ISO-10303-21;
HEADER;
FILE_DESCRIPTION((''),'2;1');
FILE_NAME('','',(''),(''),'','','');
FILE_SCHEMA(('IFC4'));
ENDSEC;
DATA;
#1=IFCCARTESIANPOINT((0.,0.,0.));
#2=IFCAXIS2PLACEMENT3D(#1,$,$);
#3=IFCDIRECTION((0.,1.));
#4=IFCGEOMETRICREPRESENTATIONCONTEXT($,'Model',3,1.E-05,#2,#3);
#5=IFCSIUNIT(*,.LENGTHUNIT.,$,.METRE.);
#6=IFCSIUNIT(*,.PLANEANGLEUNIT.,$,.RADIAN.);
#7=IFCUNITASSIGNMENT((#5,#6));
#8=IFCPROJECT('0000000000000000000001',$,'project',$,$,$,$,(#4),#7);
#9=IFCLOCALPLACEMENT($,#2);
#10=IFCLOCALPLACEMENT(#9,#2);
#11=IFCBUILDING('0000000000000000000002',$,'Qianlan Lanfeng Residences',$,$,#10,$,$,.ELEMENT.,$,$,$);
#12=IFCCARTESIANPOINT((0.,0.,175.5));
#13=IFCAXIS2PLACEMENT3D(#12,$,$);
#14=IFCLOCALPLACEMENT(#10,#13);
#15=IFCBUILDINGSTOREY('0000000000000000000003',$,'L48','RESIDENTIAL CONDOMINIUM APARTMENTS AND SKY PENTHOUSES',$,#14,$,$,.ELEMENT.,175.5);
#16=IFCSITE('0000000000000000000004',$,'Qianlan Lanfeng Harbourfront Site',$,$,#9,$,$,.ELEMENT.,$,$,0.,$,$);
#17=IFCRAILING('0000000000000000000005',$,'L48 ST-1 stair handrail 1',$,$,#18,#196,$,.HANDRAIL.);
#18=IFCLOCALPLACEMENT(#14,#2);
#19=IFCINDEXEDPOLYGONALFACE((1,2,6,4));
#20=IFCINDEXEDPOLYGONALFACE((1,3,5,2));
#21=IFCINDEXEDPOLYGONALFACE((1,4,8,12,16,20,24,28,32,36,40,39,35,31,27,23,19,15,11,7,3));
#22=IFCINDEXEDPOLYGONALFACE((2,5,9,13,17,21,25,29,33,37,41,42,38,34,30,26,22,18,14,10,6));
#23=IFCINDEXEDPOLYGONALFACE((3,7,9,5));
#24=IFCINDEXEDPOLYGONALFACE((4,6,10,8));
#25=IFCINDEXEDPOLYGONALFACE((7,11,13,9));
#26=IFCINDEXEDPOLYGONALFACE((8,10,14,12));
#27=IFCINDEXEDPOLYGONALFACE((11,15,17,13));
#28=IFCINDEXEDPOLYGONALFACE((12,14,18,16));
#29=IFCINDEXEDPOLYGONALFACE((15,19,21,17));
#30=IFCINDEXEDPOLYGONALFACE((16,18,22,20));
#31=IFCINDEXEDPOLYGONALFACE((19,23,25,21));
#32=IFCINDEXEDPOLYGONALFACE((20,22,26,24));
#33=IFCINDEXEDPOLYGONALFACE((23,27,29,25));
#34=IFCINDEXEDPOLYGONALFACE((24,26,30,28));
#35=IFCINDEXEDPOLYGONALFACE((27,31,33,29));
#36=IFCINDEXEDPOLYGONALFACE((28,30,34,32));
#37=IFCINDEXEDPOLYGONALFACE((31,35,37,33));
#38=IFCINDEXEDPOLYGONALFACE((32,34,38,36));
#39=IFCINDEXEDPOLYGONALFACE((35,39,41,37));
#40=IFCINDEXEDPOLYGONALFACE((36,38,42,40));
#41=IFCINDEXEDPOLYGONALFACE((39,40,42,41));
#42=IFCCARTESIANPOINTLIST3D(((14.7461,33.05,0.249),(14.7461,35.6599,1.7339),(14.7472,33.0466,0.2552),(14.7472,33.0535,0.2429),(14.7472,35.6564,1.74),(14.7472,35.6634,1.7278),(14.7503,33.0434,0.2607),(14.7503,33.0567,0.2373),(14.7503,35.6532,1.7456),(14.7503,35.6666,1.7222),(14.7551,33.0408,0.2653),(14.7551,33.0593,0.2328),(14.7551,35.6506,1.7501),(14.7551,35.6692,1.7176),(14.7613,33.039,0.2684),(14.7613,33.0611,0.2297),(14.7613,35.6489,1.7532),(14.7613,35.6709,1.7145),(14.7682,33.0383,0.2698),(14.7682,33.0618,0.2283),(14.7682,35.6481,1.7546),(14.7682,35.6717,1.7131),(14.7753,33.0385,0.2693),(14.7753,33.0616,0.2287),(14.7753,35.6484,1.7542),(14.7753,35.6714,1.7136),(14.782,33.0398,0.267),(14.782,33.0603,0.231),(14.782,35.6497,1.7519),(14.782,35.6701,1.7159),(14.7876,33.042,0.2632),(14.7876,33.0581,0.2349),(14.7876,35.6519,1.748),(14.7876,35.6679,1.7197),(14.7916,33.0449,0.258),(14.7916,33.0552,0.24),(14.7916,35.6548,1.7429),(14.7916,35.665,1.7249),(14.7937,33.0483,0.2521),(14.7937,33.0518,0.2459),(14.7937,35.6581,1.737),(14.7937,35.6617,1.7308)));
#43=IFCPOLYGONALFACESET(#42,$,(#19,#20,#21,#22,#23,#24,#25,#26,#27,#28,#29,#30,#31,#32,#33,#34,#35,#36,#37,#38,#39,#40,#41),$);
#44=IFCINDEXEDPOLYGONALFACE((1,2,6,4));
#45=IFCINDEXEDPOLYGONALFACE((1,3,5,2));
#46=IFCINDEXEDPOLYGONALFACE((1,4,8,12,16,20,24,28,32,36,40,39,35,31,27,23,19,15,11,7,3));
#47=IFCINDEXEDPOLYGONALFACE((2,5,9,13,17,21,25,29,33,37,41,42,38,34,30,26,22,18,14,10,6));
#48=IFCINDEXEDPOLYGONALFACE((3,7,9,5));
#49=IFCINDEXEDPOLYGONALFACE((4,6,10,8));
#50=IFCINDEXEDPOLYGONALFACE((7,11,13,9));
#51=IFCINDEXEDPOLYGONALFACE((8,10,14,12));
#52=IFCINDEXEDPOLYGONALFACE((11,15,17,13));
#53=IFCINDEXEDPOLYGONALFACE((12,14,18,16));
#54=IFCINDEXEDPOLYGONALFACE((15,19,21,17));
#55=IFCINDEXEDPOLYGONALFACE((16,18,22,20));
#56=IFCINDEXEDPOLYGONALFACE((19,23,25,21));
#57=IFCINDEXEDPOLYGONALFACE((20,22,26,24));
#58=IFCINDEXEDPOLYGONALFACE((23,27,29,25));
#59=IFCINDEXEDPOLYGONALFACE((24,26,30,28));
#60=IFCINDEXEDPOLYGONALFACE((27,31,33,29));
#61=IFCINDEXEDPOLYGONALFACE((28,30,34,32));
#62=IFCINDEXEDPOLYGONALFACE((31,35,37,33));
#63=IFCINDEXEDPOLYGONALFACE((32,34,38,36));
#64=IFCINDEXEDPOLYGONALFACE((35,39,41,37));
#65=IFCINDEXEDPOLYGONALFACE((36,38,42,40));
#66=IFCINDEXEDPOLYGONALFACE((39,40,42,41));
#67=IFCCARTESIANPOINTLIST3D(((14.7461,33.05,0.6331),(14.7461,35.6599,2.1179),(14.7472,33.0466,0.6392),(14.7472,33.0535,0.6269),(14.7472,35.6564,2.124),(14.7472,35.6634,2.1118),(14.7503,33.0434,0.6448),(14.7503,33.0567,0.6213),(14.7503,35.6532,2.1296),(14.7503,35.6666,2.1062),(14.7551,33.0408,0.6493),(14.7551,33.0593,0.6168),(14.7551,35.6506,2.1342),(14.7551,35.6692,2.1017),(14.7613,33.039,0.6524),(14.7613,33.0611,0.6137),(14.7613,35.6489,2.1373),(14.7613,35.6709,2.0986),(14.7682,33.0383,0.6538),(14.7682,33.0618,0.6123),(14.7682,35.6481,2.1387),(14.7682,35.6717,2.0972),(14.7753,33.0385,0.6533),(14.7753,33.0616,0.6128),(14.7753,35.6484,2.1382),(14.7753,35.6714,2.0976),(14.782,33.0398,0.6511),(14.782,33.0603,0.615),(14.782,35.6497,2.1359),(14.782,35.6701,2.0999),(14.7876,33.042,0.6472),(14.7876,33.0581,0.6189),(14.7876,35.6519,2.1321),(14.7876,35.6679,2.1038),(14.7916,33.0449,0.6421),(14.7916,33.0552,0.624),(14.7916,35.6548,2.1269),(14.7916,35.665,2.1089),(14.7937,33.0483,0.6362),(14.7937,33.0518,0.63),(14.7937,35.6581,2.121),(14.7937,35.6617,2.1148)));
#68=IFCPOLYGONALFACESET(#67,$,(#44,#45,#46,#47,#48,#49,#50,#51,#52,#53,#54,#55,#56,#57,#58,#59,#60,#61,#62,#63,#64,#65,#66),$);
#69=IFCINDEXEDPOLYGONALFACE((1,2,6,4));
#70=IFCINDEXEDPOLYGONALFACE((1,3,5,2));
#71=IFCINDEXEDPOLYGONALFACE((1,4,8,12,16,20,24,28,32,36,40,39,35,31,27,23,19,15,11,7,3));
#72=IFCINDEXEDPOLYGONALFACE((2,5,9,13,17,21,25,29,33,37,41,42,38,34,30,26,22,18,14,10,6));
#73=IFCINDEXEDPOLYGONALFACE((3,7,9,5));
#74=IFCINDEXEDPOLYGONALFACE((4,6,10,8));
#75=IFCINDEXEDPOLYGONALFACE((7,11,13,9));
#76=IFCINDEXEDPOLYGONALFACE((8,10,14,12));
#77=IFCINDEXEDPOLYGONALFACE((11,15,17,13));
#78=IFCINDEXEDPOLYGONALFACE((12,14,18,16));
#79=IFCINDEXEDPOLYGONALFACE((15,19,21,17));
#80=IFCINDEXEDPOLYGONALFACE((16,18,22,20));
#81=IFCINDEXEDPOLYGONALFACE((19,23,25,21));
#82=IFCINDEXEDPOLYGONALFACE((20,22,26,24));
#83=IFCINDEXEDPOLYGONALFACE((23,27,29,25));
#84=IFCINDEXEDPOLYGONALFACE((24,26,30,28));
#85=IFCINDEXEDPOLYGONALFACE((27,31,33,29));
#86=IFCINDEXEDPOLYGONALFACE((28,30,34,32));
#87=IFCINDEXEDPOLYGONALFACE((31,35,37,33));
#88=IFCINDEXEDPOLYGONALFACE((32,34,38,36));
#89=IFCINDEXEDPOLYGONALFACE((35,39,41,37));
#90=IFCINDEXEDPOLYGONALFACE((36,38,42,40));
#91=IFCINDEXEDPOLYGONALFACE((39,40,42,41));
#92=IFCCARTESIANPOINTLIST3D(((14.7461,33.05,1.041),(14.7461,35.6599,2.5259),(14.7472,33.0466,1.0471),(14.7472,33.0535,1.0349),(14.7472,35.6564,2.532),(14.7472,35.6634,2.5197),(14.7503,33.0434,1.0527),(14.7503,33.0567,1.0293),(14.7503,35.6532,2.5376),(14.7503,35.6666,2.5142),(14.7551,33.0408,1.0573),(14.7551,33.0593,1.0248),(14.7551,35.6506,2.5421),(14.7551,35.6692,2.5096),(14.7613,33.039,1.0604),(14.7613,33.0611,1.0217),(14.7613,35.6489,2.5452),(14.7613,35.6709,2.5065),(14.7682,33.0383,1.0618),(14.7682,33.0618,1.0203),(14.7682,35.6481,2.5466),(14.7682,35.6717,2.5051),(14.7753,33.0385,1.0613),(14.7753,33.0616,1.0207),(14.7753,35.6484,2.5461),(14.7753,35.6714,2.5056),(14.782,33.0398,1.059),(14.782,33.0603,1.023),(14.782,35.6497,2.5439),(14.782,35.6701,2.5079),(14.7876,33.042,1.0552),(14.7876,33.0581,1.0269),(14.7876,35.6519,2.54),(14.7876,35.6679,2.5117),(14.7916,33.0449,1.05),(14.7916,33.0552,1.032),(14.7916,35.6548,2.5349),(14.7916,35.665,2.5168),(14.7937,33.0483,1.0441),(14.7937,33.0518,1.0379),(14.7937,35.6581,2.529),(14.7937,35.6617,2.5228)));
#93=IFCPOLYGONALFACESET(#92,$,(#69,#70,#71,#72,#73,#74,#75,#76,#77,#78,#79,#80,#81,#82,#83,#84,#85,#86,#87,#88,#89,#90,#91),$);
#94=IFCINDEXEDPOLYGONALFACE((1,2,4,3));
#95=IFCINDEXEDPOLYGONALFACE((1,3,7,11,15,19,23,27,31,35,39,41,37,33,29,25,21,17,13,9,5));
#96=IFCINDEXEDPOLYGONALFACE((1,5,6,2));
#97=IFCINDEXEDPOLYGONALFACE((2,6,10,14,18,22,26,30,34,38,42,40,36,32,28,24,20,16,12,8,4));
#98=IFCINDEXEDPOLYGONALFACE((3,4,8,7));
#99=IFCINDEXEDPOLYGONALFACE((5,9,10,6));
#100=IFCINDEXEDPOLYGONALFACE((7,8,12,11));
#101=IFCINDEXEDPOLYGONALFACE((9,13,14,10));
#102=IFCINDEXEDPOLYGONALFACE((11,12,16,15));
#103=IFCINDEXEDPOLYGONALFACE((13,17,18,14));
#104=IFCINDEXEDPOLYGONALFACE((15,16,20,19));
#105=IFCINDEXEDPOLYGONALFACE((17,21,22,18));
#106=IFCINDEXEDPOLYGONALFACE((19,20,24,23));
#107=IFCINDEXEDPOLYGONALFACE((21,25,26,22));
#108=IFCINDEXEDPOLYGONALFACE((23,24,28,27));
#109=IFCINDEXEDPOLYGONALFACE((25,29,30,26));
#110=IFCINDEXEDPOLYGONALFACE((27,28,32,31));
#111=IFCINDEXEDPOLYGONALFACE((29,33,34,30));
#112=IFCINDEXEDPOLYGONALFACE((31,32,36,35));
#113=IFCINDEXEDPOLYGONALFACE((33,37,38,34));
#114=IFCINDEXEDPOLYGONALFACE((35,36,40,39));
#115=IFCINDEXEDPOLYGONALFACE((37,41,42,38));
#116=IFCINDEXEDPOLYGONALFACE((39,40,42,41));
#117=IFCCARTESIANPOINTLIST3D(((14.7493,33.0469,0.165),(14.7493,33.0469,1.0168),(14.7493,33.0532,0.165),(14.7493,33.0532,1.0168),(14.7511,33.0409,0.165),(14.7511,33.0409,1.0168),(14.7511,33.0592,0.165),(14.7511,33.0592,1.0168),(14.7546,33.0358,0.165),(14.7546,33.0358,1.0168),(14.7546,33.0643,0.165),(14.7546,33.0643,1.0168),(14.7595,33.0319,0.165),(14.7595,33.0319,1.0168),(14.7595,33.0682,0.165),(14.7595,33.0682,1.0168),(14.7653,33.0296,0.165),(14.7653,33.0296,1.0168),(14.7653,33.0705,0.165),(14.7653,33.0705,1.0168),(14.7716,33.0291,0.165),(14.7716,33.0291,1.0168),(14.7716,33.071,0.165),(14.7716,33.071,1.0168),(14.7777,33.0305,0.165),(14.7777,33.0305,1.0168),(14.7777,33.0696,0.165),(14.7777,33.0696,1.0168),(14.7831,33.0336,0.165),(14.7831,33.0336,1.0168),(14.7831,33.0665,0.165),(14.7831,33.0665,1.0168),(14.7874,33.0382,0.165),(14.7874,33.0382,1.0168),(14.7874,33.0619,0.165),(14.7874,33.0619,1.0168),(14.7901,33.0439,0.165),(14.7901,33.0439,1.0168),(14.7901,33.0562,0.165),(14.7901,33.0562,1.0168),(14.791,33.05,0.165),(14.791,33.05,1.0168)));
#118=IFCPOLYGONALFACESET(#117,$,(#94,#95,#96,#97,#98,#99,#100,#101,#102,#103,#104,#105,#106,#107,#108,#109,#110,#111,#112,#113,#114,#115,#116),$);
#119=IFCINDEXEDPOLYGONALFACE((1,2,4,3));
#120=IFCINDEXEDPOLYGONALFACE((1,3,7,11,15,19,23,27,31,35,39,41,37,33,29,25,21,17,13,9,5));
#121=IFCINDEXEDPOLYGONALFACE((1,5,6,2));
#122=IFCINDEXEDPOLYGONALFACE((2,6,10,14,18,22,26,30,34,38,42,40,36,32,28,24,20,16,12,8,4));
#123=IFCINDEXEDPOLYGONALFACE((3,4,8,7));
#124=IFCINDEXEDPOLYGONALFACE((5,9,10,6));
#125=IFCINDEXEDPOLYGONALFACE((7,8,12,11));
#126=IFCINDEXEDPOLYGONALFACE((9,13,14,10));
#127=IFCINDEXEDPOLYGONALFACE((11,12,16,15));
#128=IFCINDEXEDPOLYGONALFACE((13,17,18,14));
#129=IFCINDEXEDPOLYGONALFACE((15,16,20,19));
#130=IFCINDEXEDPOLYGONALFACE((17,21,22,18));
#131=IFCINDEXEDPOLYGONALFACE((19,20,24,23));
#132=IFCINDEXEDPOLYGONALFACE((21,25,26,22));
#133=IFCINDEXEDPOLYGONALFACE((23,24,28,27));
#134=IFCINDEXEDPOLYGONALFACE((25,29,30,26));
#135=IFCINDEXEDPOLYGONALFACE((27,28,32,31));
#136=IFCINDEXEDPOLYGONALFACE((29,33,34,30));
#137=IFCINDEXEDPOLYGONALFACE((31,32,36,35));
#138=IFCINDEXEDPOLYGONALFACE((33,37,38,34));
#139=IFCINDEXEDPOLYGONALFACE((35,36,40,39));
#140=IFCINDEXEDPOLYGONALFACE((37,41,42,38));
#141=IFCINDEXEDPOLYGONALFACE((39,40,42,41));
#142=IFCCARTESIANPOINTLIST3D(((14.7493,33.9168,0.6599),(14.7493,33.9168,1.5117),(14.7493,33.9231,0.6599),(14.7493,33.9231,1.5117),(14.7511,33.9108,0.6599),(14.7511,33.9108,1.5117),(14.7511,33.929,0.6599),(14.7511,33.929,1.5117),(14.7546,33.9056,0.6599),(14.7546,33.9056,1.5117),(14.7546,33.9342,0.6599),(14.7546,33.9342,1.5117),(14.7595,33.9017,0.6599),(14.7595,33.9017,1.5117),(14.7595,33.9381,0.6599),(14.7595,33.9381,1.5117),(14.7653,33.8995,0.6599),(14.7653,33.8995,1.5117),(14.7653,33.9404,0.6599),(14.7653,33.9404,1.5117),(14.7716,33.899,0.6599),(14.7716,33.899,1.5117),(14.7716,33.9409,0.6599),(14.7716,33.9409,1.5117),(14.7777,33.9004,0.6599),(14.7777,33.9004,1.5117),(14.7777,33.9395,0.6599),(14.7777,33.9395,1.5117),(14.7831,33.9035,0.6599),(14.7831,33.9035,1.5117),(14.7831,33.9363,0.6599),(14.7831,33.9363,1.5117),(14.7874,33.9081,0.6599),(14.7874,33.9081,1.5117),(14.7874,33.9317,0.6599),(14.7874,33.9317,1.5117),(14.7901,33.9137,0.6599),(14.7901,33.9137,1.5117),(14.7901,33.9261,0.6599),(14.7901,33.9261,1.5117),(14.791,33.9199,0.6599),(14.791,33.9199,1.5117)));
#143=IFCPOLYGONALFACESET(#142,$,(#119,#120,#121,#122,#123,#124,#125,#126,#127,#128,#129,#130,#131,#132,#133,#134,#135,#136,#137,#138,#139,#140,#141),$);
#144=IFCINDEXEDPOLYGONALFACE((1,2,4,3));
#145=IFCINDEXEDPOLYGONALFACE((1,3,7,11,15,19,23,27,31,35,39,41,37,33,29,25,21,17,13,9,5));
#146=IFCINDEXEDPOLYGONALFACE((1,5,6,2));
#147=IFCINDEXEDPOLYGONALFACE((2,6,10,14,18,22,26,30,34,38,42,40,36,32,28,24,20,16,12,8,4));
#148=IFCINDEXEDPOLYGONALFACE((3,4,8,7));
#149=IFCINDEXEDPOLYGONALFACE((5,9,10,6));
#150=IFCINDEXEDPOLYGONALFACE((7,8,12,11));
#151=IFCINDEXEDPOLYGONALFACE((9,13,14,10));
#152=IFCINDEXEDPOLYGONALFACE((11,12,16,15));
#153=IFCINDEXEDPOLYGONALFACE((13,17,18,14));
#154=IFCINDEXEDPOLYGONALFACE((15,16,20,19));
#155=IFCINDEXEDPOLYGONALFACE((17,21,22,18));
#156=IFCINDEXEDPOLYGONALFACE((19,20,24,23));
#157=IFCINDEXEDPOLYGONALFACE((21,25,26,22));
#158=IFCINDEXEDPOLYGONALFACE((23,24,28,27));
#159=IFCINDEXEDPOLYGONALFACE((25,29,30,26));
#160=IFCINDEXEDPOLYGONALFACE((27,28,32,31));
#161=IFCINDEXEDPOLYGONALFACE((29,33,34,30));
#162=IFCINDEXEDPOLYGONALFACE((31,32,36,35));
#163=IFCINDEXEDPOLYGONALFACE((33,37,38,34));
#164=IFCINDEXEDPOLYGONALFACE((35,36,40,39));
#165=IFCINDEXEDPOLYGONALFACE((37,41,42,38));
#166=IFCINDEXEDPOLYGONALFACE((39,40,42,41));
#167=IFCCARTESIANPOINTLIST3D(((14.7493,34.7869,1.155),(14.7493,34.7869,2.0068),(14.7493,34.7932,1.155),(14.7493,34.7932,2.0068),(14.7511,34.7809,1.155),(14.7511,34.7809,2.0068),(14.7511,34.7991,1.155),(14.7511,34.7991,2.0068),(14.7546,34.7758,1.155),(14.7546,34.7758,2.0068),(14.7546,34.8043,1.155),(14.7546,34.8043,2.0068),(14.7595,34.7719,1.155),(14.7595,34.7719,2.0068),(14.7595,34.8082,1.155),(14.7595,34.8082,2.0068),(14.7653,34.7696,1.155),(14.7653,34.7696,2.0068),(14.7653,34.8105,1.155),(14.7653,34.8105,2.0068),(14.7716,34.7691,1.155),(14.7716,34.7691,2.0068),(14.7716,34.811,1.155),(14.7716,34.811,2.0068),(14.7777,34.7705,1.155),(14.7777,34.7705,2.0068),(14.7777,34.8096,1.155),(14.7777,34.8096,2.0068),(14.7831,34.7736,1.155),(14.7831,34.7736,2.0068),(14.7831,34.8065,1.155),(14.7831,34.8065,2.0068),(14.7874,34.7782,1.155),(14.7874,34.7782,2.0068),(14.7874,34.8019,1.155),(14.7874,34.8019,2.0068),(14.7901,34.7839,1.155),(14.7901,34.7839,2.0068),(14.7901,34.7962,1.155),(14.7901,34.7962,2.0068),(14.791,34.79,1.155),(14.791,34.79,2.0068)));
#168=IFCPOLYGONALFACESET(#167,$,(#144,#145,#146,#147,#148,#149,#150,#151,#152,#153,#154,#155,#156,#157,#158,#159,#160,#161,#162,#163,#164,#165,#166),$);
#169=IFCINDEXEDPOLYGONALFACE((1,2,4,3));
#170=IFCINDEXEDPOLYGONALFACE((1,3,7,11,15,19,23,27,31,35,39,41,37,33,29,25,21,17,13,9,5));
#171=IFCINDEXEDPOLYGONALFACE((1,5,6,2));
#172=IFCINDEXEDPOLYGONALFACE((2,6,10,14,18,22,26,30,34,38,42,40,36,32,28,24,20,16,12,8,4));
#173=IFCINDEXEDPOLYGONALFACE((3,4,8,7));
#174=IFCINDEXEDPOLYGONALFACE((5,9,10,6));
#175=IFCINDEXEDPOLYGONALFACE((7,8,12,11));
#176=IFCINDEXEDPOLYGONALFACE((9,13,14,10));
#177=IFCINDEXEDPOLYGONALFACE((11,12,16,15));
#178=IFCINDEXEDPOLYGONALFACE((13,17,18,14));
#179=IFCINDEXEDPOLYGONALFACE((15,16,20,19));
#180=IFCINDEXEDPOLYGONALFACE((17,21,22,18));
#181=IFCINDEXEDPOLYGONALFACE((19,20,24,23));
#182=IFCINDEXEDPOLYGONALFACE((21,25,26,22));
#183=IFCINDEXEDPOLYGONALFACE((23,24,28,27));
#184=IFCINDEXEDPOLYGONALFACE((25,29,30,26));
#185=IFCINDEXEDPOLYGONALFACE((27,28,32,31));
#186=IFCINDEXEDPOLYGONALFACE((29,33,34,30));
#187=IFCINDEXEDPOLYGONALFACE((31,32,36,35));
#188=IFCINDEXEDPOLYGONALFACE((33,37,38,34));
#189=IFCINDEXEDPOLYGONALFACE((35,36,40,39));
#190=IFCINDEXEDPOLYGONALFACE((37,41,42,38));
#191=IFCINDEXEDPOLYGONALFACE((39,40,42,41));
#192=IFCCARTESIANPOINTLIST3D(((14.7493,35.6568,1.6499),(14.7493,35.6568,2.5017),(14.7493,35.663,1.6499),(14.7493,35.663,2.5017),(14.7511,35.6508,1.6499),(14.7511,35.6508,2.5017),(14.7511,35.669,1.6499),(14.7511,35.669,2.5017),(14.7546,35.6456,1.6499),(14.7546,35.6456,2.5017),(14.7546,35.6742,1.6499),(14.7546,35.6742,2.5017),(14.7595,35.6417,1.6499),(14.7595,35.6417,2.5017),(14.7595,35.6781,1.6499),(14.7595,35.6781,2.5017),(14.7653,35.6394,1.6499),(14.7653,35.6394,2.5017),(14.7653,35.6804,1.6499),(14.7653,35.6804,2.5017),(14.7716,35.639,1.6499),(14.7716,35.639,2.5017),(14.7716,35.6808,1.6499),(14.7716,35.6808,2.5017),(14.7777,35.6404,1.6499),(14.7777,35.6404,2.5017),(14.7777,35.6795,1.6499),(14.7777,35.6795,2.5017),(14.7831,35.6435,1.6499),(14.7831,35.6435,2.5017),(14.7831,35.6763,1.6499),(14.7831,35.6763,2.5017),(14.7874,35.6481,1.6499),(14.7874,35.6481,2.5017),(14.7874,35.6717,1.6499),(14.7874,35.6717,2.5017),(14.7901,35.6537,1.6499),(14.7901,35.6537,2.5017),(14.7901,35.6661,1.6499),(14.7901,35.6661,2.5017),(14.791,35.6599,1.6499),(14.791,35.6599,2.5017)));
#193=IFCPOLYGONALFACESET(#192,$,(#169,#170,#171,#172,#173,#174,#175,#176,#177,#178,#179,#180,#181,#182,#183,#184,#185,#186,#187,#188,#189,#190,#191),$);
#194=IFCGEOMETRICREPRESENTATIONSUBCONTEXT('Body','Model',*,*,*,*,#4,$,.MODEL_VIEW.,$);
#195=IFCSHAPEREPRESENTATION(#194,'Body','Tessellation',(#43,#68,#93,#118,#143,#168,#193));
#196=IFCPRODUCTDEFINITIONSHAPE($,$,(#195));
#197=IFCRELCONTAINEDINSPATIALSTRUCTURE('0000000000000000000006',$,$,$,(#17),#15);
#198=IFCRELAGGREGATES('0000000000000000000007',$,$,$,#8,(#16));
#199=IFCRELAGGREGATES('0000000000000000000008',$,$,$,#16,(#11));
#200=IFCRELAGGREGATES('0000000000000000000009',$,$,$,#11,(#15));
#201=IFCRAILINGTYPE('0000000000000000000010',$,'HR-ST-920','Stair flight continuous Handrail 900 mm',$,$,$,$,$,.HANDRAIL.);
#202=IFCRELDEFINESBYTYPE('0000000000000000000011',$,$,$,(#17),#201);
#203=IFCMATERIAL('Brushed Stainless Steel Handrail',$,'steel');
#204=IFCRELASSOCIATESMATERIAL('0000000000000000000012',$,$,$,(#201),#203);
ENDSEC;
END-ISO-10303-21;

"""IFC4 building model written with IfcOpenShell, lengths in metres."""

from ifc_helpers import new_model, si_unit, direction, frame, origin, origin_2d, place, context, subcontext, project, spatial, circle, extrude, material, type_object, element, save


model = new_model("IFC4")

# Units and contexts
model_context = context("Model", 3, precision=1e-05, world=origin(), true_north=direction((0.0, 1.0)))
body_context = subcontext(model_context, "Body", "Model", "MODEL_VIEW")
ifc_project = project(units=[si_unit("LENGTHUNIT", "METRE"), si_unit("PLANEANGLEUNIT", "RADIAN")], contexts=[model_context])

# Site, building, storey
site_placement = place(None, origin())
site = spatial("IfcSite", under=ifc_project, at=site_placement, Name="Qianlan Lanfeng Harbourfront Site", CompositionType="ELEMENT", RefElevation=0.0)
building_placement = place(site_placement, origin())
building = spatial("IfcBuilding", under=site, at=building_placement, Name="Qianlan Lanfeng Residences", CompositionType="ELEMENT")
storey_placement = place(building_placement, frame((0.0, 0.0, 175.5)))
storey = spatial("IfcBuildingStorey", under=building, at=storey_placement, Name="L48", Description="RESIDENTIAL CONDOMINIUM APARTMENTS AND SKY PENTHOUSES", CompositionType="ELEMENT", Elevation=175.5)

# Railing
ifc_material_1 = material(Name="Brushed Stainless Steel Handrail", Category="steel")
railing_type_1 = type_object("IfcRailingType", Name="HR-ST-920", Description="Stair flight continuous Handrail 900 mm", PredefinedType="HANDRAIL", material=ifc_material_1)
railing_1_placement = place(storey_placement, frame((14.77, 33.05, 0.165)))
element("IfcRailing", 1, at=railing_1_placement, inside=storey, type_object=railing_type_1, Name="L48 ST-1 stair handrail 1", PredefinedType="HANDRAIL", context=body_context, shape_type="SweptSolid", body=[
    extrude(circle(Radius=0.0239, at=origin_2d()), frame((0.0, 0.0, 0.084), z_axis=(0.0, 0.869172, 0.494509), x_axis=(-1.0, 0.0, 0.0)), (0.0, 0.0, 1.0), 3.0027),
    extrude(circle(Radius=0.0239, at=origin_2d()), frame((0.0, 0.0, 0.468), z_axis=(0.0, 0.869172, 0.494509), x_axis=(-1.0, 0.0, 0.0)), (0.0, 0.0, 1.0), 3.0027),
    extrude(circle(Radius=0.0239, at=origin_2d()), frame((0.0, 0.0, 0.876), z_axis=(0.0, 0.869172, 0.494509), x_axis=(-1.0, 0.0, 0.0)), (0.0, 0.0, 1.0), 3.0027),
    extrude(circle(Radius=0.021, at=origin_2d()), origin(), (0.0, 0.0, 1.0), 0.8518),
    extrude(circle(Radius=0.021, at=origin_2d()), frame((0.0, 0.8699, 0.4949)), (0.0, 0.0, 1.0), 0.8518),
    extrude(circle(Radius=0.021, at=origin_2d()), frame((0.0, 1.74, 0.99)), (0.0, 0.0, 1.0), 0.8518),
    extrude(circle(Radius=0.021, at=origin_2d()), frame((0.0, 2.6099, 1.4849)), (0.0, 0.0, 1.0), 0.8518),
])

save(model, "model.ifc")
